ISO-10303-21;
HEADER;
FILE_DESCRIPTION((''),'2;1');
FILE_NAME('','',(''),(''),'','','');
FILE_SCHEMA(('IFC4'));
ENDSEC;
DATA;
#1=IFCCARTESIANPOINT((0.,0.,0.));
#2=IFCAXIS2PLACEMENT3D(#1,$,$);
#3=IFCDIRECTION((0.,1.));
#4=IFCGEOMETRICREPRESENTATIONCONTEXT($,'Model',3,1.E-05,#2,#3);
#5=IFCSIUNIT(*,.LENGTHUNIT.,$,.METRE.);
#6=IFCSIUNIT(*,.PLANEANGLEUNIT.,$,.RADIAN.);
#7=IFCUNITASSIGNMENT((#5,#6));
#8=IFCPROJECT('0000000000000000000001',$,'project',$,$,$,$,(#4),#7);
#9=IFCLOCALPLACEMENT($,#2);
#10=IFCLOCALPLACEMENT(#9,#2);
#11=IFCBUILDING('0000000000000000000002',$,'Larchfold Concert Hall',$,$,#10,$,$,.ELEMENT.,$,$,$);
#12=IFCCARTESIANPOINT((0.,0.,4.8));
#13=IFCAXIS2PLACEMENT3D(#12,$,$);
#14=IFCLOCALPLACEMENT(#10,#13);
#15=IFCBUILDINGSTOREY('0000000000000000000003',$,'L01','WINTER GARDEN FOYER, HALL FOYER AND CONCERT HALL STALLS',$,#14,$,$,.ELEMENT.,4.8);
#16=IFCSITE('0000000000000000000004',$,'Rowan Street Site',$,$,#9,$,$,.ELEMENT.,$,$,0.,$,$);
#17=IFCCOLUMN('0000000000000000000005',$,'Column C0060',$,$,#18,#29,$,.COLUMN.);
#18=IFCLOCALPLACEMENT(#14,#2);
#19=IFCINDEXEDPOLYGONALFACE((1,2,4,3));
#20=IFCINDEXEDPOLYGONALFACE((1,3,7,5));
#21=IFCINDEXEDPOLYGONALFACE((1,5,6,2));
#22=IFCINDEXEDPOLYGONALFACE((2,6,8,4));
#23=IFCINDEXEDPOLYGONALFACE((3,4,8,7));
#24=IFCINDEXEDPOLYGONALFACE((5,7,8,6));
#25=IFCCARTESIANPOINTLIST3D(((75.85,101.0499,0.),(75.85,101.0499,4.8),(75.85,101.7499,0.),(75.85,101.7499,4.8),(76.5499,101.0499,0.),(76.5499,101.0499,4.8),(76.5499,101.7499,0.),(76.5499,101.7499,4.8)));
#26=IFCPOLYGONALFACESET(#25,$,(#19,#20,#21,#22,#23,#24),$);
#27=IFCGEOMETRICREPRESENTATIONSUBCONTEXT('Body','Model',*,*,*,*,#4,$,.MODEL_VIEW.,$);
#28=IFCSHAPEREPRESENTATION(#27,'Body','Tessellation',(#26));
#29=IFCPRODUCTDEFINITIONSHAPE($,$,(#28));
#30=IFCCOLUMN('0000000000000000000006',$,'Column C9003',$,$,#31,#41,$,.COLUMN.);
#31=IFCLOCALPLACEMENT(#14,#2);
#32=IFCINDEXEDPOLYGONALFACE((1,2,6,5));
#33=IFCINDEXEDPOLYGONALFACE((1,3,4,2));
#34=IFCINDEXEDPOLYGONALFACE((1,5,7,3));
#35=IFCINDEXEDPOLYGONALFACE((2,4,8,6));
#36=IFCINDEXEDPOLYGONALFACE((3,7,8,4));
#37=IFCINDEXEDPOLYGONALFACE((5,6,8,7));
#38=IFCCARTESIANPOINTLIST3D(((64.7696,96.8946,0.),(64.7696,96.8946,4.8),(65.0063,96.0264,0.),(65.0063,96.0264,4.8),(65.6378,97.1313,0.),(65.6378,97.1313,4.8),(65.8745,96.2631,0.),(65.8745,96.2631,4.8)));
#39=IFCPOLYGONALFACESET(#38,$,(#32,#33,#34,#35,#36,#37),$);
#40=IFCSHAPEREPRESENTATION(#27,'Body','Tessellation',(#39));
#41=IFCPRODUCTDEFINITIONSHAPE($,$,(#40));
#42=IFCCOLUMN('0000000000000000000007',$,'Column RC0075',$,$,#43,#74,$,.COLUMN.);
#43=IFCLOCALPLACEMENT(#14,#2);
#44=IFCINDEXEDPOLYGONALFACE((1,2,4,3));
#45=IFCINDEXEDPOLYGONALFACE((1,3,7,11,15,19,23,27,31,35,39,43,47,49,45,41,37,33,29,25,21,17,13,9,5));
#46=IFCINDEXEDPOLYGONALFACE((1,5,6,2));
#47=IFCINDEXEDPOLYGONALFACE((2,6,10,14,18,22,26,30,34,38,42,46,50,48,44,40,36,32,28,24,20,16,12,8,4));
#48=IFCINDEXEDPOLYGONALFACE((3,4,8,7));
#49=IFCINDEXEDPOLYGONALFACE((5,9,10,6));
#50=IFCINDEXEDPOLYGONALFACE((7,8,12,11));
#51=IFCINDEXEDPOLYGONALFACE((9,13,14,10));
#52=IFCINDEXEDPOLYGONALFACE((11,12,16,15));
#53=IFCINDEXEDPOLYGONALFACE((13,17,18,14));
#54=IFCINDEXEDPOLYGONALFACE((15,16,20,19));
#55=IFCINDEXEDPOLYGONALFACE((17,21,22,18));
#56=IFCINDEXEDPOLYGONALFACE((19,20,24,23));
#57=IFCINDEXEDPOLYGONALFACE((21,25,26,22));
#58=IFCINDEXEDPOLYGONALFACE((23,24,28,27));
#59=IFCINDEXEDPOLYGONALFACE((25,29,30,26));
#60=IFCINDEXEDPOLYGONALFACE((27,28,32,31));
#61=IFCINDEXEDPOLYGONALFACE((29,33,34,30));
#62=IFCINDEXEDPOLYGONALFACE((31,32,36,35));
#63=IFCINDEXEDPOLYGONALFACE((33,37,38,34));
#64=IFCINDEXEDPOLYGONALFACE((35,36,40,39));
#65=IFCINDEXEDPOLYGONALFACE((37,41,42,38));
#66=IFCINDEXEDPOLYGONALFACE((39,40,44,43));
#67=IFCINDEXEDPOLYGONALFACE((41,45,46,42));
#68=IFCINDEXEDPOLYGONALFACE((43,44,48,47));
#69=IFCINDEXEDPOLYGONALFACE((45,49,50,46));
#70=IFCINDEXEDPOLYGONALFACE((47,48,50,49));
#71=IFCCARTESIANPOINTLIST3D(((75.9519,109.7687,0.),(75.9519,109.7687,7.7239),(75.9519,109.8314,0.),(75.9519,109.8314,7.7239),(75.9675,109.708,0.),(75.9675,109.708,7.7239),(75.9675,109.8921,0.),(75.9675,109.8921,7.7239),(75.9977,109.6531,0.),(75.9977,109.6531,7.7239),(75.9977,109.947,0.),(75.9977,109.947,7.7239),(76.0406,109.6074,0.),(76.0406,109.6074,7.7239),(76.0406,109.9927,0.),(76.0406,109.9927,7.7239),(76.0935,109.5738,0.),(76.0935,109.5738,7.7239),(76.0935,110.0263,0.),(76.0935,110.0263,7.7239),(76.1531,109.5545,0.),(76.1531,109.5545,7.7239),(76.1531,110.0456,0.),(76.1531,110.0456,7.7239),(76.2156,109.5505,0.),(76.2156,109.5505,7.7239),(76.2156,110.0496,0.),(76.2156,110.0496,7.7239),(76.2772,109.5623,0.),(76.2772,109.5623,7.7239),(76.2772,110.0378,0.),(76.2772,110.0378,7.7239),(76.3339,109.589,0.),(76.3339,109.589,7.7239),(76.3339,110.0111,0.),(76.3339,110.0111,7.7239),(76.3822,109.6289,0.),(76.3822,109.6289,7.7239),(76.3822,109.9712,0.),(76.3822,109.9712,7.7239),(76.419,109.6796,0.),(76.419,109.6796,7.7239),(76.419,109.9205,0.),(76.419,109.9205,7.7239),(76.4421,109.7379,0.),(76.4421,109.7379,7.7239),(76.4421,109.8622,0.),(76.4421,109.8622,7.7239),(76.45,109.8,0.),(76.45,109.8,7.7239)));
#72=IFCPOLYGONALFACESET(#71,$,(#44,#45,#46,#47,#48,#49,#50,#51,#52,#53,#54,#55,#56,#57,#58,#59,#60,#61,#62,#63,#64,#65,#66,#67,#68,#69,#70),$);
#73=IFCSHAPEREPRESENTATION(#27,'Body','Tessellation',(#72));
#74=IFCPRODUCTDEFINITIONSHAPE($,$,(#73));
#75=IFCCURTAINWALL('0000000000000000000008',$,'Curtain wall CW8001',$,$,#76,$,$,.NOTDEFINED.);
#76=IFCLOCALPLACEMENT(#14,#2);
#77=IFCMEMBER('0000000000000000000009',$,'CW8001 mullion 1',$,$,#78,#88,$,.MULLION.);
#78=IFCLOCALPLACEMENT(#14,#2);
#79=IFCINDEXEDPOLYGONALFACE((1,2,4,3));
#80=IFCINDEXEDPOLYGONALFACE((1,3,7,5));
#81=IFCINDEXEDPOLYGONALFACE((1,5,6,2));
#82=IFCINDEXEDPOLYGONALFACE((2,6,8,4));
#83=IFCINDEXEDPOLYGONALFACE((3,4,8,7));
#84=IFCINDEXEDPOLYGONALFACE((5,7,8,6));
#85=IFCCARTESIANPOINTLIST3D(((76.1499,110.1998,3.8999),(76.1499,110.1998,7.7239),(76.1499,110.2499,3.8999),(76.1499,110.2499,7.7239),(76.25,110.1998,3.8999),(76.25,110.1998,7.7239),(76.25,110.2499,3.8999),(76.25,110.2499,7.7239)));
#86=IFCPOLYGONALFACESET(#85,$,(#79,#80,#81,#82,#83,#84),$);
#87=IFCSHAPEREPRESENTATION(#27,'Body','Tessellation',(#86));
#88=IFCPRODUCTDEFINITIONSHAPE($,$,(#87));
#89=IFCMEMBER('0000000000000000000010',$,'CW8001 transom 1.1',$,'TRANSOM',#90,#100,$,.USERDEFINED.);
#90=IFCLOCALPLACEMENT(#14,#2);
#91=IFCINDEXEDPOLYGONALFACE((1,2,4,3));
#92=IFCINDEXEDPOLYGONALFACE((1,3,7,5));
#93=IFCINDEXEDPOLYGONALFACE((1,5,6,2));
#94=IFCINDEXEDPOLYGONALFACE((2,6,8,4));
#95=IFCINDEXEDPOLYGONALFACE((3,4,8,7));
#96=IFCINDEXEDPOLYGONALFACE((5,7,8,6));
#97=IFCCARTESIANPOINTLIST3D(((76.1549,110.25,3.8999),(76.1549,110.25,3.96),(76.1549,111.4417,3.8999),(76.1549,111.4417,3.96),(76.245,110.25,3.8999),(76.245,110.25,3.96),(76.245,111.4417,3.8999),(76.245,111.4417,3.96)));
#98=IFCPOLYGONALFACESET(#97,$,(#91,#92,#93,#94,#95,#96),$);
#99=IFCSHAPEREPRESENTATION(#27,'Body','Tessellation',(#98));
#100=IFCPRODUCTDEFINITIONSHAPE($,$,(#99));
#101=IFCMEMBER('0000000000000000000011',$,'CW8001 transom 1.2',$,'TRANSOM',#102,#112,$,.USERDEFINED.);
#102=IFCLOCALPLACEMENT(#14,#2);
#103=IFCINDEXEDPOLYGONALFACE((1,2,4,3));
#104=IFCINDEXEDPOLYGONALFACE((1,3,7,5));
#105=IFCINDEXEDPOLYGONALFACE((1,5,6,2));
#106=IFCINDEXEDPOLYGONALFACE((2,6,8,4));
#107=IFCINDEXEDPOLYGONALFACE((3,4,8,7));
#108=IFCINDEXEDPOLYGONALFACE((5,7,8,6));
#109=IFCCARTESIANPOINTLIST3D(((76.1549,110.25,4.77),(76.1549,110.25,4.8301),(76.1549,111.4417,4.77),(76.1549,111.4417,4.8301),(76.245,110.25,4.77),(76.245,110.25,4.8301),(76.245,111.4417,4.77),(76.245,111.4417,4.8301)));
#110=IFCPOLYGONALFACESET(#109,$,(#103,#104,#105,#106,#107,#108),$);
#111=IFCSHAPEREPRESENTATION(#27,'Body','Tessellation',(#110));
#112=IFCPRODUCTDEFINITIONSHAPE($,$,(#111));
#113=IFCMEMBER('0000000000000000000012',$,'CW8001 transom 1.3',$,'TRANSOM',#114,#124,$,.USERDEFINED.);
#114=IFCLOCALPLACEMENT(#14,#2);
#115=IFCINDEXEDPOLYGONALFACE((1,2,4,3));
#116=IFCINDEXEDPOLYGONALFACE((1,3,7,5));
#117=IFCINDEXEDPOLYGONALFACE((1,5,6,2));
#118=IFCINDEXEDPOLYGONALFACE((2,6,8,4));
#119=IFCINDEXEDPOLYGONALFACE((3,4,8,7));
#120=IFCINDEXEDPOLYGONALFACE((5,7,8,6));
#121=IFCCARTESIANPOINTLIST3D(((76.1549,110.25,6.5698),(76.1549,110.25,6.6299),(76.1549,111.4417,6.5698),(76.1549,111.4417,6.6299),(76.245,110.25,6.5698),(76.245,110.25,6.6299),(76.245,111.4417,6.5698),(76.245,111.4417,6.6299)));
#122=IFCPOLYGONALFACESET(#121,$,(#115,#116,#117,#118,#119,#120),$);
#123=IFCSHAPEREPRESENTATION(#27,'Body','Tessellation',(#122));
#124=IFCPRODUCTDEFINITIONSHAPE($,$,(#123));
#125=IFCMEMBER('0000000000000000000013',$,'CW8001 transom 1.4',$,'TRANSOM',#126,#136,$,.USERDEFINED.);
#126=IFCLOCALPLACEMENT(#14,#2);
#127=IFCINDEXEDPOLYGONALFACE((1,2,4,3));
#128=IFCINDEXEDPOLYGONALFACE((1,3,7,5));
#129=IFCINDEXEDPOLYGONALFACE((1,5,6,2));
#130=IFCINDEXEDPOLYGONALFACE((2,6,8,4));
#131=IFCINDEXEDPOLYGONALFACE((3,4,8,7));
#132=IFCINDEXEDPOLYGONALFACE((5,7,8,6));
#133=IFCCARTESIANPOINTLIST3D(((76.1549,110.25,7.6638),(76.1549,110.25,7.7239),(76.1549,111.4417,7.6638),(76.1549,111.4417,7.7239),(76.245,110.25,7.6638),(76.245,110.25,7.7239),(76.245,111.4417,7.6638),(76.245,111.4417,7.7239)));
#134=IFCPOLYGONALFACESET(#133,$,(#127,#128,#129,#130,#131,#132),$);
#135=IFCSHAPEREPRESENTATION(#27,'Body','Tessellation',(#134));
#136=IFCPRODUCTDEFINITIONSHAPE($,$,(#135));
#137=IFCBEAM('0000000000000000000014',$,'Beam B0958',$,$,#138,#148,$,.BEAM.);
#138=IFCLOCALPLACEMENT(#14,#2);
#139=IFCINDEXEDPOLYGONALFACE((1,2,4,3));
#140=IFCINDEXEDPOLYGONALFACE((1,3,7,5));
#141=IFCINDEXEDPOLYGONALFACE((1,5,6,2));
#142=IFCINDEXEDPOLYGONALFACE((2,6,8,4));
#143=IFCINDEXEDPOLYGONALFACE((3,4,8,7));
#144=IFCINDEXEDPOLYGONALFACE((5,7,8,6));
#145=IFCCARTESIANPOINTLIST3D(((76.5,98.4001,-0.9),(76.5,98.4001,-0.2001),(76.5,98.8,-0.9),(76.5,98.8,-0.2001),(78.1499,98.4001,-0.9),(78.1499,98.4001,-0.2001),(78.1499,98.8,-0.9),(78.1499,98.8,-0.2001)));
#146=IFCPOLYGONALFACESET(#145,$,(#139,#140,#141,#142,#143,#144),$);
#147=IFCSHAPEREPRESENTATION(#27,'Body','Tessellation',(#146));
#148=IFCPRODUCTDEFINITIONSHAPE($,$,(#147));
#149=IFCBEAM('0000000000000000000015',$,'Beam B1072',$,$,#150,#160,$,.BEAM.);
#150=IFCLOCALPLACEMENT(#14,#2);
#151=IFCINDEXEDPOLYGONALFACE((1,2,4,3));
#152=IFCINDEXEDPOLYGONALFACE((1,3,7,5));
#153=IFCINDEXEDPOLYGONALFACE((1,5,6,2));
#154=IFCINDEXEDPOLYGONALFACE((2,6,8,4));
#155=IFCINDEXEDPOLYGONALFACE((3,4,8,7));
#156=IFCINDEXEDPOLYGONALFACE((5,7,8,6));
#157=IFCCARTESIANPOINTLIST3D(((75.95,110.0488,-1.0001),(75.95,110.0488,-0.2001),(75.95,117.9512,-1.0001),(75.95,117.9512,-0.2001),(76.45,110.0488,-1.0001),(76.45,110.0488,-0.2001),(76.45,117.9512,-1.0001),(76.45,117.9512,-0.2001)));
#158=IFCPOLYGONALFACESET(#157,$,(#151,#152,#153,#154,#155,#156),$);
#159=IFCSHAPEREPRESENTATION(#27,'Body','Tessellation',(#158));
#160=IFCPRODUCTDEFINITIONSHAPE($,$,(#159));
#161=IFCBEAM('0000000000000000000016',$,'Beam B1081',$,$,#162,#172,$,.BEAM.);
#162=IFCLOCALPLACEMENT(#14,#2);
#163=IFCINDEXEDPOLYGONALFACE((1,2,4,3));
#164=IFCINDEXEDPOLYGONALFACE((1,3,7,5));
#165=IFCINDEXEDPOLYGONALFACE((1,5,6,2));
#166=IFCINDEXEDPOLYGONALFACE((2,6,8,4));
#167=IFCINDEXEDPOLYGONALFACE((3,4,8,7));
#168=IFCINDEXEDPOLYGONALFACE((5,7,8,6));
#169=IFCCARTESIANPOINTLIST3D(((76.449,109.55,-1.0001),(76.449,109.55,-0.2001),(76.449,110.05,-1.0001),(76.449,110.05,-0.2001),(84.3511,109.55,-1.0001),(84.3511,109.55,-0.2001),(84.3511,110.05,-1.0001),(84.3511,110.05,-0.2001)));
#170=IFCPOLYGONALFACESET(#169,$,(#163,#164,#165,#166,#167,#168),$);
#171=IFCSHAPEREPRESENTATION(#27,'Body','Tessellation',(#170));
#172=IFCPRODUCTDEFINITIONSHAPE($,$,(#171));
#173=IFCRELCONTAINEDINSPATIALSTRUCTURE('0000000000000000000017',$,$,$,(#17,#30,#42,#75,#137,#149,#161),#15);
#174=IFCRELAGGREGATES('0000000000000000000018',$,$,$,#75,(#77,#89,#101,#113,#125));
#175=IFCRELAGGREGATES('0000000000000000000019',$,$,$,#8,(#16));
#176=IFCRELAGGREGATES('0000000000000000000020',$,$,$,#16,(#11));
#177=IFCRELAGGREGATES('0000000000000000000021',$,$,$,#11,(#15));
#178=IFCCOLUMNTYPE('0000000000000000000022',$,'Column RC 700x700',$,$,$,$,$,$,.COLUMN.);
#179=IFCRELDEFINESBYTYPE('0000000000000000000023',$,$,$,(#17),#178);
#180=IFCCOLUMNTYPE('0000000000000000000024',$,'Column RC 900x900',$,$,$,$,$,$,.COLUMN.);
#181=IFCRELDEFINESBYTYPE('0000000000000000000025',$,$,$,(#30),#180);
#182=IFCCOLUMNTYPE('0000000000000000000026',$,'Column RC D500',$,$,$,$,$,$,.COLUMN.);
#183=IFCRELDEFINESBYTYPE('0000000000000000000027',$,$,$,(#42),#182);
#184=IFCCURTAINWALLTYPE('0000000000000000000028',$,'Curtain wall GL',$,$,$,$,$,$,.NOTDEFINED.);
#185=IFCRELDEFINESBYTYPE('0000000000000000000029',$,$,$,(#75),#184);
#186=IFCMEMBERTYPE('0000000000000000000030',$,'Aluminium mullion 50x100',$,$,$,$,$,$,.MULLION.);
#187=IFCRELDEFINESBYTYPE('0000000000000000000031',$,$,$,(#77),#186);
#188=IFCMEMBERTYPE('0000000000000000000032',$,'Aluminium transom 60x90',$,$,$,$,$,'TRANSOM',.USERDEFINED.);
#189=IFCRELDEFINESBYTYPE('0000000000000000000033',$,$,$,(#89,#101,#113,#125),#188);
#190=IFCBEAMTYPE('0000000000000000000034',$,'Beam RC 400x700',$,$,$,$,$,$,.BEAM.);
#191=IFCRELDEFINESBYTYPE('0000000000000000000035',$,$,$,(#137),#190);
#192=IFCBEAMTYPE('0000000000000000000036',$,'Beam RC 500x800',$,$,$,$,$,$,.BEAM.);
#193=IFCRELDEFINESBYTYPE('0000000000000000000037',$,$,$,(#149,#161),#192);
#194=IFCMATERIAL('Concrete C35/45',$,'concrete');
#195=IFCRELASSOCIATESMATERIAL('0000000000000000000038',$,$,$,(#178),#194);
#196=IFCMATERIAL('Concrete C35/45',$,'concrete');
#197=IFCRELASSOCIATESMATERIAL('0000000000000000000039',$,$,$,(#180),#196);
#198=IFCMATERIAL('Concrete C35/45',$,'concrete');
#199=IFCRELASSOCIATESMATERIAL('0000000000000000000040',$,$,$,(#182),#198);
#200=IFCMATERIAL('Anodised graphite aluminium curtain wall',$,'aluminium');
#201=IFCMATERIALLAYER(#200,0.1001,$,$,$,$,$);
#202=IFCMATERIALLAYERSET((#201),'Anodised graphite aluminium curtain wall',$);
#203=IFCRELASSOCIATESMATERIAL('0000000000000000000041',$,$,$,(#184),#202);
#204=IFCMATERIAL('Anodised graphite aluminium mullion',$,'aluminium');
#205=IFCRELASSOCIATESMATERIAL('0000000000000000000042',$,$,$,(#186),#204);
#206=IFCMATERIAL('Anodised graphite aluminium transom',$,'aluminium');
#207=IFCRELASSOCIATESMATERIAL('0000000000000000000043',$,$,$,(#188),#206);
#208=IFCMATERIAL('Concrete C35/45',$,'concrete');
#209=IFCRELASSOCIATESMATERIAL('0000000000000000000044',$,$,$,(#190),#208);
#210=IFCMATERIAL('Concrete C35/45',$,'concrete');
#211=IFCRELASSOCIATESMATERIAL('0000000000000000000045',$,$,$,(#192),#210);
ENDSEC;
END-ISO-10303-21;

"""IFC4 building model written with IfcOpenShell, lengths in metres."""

from ifc_helpers import new_model, si_unit, direction, frame, origin, origin_2d, place, context, subcontext, project, spatial, rectangle, circle, extrude, material, layer, layer_set, material_profile, profile_set, type_object, element, aggregate, save


model = new_model("IFC4")

# Units and contexts
model_context = context("Model", 3, precision=1e-05, world=origin(), true_north=direction((0.0, 1.0)))
body_context = subcontext(model_context, "Body", "Model", "MODEL_VIEW")
ifc_project = project(units=[si_unit("LENGTHUNIT", "METRE"), si_unit("PLANEANGLEUNIT", "RADIAN")], contexts=[model_context])

# Site, building, storey
site_placement = place(None, origin())
site = spatial("IfcSite", under=ifc_project, at=site_placement, Name="Rowan Street Site", CompositionType="ELEMENT", RefElevation=0.0)
building_placement = place(site_placement, origin())
building = spatial("IfcBuilding", under=site, at=building_placement, Name="Larchfold Concert Hall", CompositionType="ELEMENT")
storey_placement = place(building_placement, frame((0.0, 0.0, 4.8)))
storey = spatial("IfcBuildingStorey", under=building, at=storey_placement, Name="L01", Description="WINTER GARDEN FOYER, HALL FOYER AND CONCERT HALL STALLS", CompositionType="ELEMENT", Elevation=4.8)

# Columns
ifc_material_1 = material(Name="Concrete C35/45", Category="concrete")
ifc_material_profile_1 = material_profile(ifc_material_1, rectangle(XDim=0.7, YDim=0.7, at=origin_2d()))
ifc_profile_set_1 = profile_set([ifc_material_profile_1], Name="Concrete C35/45")
column_type_1 = type_object("IfcColumnType", Name="Column RC 700x700", PredefinedType="COLUMN", material=ifc_profile_set_1)
column_1_placement = place(storey_placement, frame((76.2, 101.3999, 0.0), z_axis=(0.0, 0.0, 1.0), x_axis=(1.0, 0.0, 0.0)))
element("IfcColumn", 1, at=column_1_placement, inside=storey, type_object=column_type_1, Name="Column C0060", PredefinedType="COLUMN", context=body_context, shape_type="SweptSolid", body=[
    extrude(rectangle(XDim=0.7, YDim=0.7, at=origin_2d()), origin(), (0.0, 0.0, 1.0), 4.8),
])
ifc_material_2 = material(Name="Concrete C35/45", Category="concrete")
ifc_material_profile_2 = material_profile(ifc_material_2, rectangle(XDim=0.8999, YDim=0.8999, at=origin_2d()))
ifc_profile_set_2 = profile_set([ifc_material_profile_2], Name="Concrete C35/45")
column_type_2 = type_object("IfcColumnType", Name="Column RC 900x900", PredefinedType="COLUMN", material=ifc_profile_set_2)
column_2_placement = place(storey_placement, frame((65.322, 96.5789, 0.0), z_axis=(0.0, 0.0, 1.0), x_axis=(0.964788, 0.263028, 0.0)))
element("IfcColumn", 2, at=column_2_placement, inside=storey, type_object=column_type_2, Name="Column C9003", PredefinedType="COLUMN", context=body_context, shape_type="SweptSolid", body=[
    extrude(rectangle(XDim=0.8999, YDim=0.8999, at=origin_2d()), origin(), (0.0, 0.0, 1.0), 4.8),
])
ifc_material_3 = material(Name="Concrete C35/45", Category="concrete")
ifc_material_profile_3 = material_profile(ifc_material_3, circle(Radius=0.25, at=origin_2d()))
ifc_profile_set_3 = profile_set([ifc_material_profile_3], Name="Concrete C35/45")
column_type_3 = type_object("IfcColumnType", Name="Column RC D500", PredefinedType="COLUMN", material=ifc_profile_set_3)
column_3_placement = place(storey_placement, frame((76.2, 109.8, 0.0), z_axis=(0.0, 0.0, 1.0), x_axis=(1.0, 0.0, 0.0)))
element("IfcColumn", 3, at=column_3_placement, inside=storey, type_object=column_type_3, Name="Column RC0075", PredefinedType="COLUMN", context=body_context, shape_type="SweptSolid", body=[
    extrude(circle(Radius=0.25, at=origin_2d()), origin(), (0.0, 0.0, 1.0), 7.7239),
])

# Curtain wall, members
ifc_material_4 = material(Name="Anodised graphite aluminium curtain wall", Category="aluminium")
ifc_layer_1 = layer(ifc_material_4, 0.1001)
ifc_layer_set_1 = layer_set([ifc_layer_1], Name="Anodised graphite aluminium curtain wall")
curtain_wall_type = type_object("IfcCurtainWallType", Name="Curtain wall GL", PredefinedType="NOTDEFINED", material=ifc_layer_set_1)
curtain_wall_placement = place(storey_placement, origin())
curtain_wall = element("IfcCurtainWall", 4, at=curtain_wall_placement, inside=storey, type_object=curtain_wall_type, Name="Curtain wall CW8001", PredefinedType="NOTDEFINED")
ifc_material_5 = material(Name="Anodised graphite aluminium mullion", Category="aluminium")
ifc_material_profile_4 = material_profile(ifc_material_5, rectangle(XDim=0.1001, YDim=0.05, at=origin_2d()))
ifc_profile_set_4 = profile_set([ifc_material_profile_4], Name="Anodised graphite aluminium mullion")
member_type_1 = type_object("IfcMemberType", Name="Aluminium mullion 50x100", PredefinedType="MULLION", material=ifc_profile_set_4)
member_1_placement = place(storey_placement, frame((76.2, 110.2249, 3.8999), z_axis=(0.0, 0.0, 1.0), x_axis=(-1.0, 0.0, 0.0)))
member_1 = element("IfcMember", 5, at=member_1_placement, type_object=member_type_1, Name="CW8001 mullion 1", PredefinedType="MULLION", context=body_context, shape_type="SweptSolid", body=[
    extrude(rectangle(XDim=0.1001, YDim=0.05, at=origin_2d()), origin(), (0.0, 0.0, 1.0), 3.824),
])
ifc_material_6 = material(Name="Anodised graphite aluminium transom", Category="aluminium")
ifc_material_profile_5 = material_profile(ifc_material_6, rectangle(XDim=0.0901, YDim=0.0601, at=origin_2d()))
ifc_profile_set_5 = profile_set([ifc_material_profile_5], Name="Anodised graphite aluminium transom")
member_type_2 = type_object("IfcMemberType", Name="Aluminium transom 60x90", ElementType="TRANSOM", PredefinedType="USERDEFINED", material=ifc_profile_set_5)
member_2_placement = place(storey_placement, frame((76.2, 110.25, 3.9299), z_axis=(0.0, 1.0, 0.0), x_axis=(-1.0, 0.0, 0.0)))
member_2 = element("IfcMember", 6, at=member_2_placement, type_object=member_type_2, Name="CW8001 transom 1.1", ObjectType="TRANSOM", PredefinedType="USERDEFINED", context=body_context, shape_type="SweptSolid", body=[
    extrude(rectangle(XDim=0.0901, YDim=0.0601, at=origin_2d()), origin(), (0.0, 0.0, 1.0), 1.1917),
])
member_3_placement = place(storey_placement, frame((76.2, 110.25, 4.8), z_axis=(0.0, 1.0, 0.0), x_axis=(-1.0, 0.0, 0.0)))
member_3 = element("IfcMember", 7, at=member_3_placement, type_object=member_type_2, Name="CW8001 transom 1.2", ObjectType="TRANSOM", PredefinedType="USERDEFINED", context=body_context, shape_type="SweptSolid", body=[
    extrude(rectangle(XDim=0.0901, YDim=0.0601, at=origin_2d()), origin(), (0.0, 0.0, 1.0), 1.1917),
])
member_4_placement = place(storey_placement, frame((76.2, 110.25, 6.5999), z_axis=(0.0, 1.0, 0.0), x_axis=(-1.0, 0.0, 0.0)))
member_4 = element("IfcMember", 8, at=member_4_placement, type_object=member_type_2, Name="CW8001 transom 1.3", ObjectType="TRANSOM", PredefinedType="USERDEFINED", context=body_context, shape_type="SweptSolid", body=[
    extrude(rectangle(XDim=0.0901, YDim=0.0601, at=origin_2d()), origin(), (0.0, 0.0, 1.0), 1.1917),
])
member_5_placement = place(storey_placement, frame((76.2, 110.25, 7.6938), z_axis=(0.0, 1.0, 0.0), x_axis=(-1.0, 0.0, 0.0)))
member_5 = element("IfcMember", 9, at=member_5_placement, type_object=member_type_2, Name="CW8001 transom 1.4", ObjectType="TRANSOM", PredefinedType="USERDEFINED", context=body_context, shape_type="SweptSolid", body=[
    extrude(rectangle(XDim=0.0901, YDim=0.0601, at=origin_2d()), origin(), (0.0, 0.0, 1.0), 1.1917),
])

# Beams
ifc_material_7 = material(Name="Concrete C35/45", Category="concrete")
ifc_material_profile_6 = material_profile(ifc_material_7, rectangle(XDim=0.3999, YDim=0.7, at=origin_2d()))
ifc_profile_set_6 = profile_set([ifc_material_profile_6], Name="Concrete C35/45")
beam_type_1 = type_object("IfcBeamType", Name="Beam RC 400x700", PredefinedType="BEAM", material=ifc_profile_set_6)
beam_1_placement = place(storey_placement, frame((76.5, 98.6001, -0.55), z_axis=(1.0, 0.0, 0.0), x_axis=(0.0, 1.0, 0.0)))
element("IfcBeam", 10, at=beam_1_placement, inside=storey, type_object=beam_type_1, Name="Beam B0958", PredefinedType="BEAM", context=body_context, shape_type="SweptSolid", body=[
    extrude(rectangle(XDim=0.3999, YDim=0.7, at=origin_2d()), origin(), (0.0, 0.0, 1.0), 1.6499),
])
ifc_material_8 = material(Name="Concrete C35/45", Category="concrete")
ifc_material_profile_7 = material_profile(ifc_material_8, rectangle(XDim=0.5, YDim=0.8, at=origin_2d()))
ifc_profile_set_7 = profile_set([ifc_material_profile_7], Name="Concrete C35/45")
beam_type_2 = type_object("IfcBeamType", Name="Beam RC 500x800", PredefinedType="BEAM", material=ifc_profile_set_7)
beam_2_placement = place(storey_placement, frame((76.2, 110.0488, -0.6001), z_axis=(0.0, 1.0, 0.0), x_axis=(-1.0, 0.0, 0.0)))
element("IfcBeam", 11, at=beam_2_placement, inside=storey, type_object=beam_type_2, Name="Beam B1072", PredefinedType="BEAM", context=body_context, shape_type="SweptSolid", body=[
    extrude(rectangle(XDim=0.5, YDim=0.8, at=origin_2d()), origin(), (0.0, 0.0, 1.0), 7.9023),
])
beam_3_placement = place(storey_placement, frame((76.449, 109.8, -0.6001), z_axis=(1.0, 0.0, 0.0), x_axis=(0.0, 1.0, 0.0)))
element("IfcBeam", 12, at=beam_3_placement, inside=storey, type_object=beam_type_2, Name="Beam B1081", PredefinedType="BEAM", context=body_context, shape_type="SweptSolid", body=[
    extrude(rectangle(XDim=0.5, YDim=0.8, at=origin_2d()), origin(), (0.0, 0.0, 1.0), 7.9021),
])

aggregate(curtain_wall, [member_1, member_2, member_3, member_4, member_5])

save(model, "model.ifc")
